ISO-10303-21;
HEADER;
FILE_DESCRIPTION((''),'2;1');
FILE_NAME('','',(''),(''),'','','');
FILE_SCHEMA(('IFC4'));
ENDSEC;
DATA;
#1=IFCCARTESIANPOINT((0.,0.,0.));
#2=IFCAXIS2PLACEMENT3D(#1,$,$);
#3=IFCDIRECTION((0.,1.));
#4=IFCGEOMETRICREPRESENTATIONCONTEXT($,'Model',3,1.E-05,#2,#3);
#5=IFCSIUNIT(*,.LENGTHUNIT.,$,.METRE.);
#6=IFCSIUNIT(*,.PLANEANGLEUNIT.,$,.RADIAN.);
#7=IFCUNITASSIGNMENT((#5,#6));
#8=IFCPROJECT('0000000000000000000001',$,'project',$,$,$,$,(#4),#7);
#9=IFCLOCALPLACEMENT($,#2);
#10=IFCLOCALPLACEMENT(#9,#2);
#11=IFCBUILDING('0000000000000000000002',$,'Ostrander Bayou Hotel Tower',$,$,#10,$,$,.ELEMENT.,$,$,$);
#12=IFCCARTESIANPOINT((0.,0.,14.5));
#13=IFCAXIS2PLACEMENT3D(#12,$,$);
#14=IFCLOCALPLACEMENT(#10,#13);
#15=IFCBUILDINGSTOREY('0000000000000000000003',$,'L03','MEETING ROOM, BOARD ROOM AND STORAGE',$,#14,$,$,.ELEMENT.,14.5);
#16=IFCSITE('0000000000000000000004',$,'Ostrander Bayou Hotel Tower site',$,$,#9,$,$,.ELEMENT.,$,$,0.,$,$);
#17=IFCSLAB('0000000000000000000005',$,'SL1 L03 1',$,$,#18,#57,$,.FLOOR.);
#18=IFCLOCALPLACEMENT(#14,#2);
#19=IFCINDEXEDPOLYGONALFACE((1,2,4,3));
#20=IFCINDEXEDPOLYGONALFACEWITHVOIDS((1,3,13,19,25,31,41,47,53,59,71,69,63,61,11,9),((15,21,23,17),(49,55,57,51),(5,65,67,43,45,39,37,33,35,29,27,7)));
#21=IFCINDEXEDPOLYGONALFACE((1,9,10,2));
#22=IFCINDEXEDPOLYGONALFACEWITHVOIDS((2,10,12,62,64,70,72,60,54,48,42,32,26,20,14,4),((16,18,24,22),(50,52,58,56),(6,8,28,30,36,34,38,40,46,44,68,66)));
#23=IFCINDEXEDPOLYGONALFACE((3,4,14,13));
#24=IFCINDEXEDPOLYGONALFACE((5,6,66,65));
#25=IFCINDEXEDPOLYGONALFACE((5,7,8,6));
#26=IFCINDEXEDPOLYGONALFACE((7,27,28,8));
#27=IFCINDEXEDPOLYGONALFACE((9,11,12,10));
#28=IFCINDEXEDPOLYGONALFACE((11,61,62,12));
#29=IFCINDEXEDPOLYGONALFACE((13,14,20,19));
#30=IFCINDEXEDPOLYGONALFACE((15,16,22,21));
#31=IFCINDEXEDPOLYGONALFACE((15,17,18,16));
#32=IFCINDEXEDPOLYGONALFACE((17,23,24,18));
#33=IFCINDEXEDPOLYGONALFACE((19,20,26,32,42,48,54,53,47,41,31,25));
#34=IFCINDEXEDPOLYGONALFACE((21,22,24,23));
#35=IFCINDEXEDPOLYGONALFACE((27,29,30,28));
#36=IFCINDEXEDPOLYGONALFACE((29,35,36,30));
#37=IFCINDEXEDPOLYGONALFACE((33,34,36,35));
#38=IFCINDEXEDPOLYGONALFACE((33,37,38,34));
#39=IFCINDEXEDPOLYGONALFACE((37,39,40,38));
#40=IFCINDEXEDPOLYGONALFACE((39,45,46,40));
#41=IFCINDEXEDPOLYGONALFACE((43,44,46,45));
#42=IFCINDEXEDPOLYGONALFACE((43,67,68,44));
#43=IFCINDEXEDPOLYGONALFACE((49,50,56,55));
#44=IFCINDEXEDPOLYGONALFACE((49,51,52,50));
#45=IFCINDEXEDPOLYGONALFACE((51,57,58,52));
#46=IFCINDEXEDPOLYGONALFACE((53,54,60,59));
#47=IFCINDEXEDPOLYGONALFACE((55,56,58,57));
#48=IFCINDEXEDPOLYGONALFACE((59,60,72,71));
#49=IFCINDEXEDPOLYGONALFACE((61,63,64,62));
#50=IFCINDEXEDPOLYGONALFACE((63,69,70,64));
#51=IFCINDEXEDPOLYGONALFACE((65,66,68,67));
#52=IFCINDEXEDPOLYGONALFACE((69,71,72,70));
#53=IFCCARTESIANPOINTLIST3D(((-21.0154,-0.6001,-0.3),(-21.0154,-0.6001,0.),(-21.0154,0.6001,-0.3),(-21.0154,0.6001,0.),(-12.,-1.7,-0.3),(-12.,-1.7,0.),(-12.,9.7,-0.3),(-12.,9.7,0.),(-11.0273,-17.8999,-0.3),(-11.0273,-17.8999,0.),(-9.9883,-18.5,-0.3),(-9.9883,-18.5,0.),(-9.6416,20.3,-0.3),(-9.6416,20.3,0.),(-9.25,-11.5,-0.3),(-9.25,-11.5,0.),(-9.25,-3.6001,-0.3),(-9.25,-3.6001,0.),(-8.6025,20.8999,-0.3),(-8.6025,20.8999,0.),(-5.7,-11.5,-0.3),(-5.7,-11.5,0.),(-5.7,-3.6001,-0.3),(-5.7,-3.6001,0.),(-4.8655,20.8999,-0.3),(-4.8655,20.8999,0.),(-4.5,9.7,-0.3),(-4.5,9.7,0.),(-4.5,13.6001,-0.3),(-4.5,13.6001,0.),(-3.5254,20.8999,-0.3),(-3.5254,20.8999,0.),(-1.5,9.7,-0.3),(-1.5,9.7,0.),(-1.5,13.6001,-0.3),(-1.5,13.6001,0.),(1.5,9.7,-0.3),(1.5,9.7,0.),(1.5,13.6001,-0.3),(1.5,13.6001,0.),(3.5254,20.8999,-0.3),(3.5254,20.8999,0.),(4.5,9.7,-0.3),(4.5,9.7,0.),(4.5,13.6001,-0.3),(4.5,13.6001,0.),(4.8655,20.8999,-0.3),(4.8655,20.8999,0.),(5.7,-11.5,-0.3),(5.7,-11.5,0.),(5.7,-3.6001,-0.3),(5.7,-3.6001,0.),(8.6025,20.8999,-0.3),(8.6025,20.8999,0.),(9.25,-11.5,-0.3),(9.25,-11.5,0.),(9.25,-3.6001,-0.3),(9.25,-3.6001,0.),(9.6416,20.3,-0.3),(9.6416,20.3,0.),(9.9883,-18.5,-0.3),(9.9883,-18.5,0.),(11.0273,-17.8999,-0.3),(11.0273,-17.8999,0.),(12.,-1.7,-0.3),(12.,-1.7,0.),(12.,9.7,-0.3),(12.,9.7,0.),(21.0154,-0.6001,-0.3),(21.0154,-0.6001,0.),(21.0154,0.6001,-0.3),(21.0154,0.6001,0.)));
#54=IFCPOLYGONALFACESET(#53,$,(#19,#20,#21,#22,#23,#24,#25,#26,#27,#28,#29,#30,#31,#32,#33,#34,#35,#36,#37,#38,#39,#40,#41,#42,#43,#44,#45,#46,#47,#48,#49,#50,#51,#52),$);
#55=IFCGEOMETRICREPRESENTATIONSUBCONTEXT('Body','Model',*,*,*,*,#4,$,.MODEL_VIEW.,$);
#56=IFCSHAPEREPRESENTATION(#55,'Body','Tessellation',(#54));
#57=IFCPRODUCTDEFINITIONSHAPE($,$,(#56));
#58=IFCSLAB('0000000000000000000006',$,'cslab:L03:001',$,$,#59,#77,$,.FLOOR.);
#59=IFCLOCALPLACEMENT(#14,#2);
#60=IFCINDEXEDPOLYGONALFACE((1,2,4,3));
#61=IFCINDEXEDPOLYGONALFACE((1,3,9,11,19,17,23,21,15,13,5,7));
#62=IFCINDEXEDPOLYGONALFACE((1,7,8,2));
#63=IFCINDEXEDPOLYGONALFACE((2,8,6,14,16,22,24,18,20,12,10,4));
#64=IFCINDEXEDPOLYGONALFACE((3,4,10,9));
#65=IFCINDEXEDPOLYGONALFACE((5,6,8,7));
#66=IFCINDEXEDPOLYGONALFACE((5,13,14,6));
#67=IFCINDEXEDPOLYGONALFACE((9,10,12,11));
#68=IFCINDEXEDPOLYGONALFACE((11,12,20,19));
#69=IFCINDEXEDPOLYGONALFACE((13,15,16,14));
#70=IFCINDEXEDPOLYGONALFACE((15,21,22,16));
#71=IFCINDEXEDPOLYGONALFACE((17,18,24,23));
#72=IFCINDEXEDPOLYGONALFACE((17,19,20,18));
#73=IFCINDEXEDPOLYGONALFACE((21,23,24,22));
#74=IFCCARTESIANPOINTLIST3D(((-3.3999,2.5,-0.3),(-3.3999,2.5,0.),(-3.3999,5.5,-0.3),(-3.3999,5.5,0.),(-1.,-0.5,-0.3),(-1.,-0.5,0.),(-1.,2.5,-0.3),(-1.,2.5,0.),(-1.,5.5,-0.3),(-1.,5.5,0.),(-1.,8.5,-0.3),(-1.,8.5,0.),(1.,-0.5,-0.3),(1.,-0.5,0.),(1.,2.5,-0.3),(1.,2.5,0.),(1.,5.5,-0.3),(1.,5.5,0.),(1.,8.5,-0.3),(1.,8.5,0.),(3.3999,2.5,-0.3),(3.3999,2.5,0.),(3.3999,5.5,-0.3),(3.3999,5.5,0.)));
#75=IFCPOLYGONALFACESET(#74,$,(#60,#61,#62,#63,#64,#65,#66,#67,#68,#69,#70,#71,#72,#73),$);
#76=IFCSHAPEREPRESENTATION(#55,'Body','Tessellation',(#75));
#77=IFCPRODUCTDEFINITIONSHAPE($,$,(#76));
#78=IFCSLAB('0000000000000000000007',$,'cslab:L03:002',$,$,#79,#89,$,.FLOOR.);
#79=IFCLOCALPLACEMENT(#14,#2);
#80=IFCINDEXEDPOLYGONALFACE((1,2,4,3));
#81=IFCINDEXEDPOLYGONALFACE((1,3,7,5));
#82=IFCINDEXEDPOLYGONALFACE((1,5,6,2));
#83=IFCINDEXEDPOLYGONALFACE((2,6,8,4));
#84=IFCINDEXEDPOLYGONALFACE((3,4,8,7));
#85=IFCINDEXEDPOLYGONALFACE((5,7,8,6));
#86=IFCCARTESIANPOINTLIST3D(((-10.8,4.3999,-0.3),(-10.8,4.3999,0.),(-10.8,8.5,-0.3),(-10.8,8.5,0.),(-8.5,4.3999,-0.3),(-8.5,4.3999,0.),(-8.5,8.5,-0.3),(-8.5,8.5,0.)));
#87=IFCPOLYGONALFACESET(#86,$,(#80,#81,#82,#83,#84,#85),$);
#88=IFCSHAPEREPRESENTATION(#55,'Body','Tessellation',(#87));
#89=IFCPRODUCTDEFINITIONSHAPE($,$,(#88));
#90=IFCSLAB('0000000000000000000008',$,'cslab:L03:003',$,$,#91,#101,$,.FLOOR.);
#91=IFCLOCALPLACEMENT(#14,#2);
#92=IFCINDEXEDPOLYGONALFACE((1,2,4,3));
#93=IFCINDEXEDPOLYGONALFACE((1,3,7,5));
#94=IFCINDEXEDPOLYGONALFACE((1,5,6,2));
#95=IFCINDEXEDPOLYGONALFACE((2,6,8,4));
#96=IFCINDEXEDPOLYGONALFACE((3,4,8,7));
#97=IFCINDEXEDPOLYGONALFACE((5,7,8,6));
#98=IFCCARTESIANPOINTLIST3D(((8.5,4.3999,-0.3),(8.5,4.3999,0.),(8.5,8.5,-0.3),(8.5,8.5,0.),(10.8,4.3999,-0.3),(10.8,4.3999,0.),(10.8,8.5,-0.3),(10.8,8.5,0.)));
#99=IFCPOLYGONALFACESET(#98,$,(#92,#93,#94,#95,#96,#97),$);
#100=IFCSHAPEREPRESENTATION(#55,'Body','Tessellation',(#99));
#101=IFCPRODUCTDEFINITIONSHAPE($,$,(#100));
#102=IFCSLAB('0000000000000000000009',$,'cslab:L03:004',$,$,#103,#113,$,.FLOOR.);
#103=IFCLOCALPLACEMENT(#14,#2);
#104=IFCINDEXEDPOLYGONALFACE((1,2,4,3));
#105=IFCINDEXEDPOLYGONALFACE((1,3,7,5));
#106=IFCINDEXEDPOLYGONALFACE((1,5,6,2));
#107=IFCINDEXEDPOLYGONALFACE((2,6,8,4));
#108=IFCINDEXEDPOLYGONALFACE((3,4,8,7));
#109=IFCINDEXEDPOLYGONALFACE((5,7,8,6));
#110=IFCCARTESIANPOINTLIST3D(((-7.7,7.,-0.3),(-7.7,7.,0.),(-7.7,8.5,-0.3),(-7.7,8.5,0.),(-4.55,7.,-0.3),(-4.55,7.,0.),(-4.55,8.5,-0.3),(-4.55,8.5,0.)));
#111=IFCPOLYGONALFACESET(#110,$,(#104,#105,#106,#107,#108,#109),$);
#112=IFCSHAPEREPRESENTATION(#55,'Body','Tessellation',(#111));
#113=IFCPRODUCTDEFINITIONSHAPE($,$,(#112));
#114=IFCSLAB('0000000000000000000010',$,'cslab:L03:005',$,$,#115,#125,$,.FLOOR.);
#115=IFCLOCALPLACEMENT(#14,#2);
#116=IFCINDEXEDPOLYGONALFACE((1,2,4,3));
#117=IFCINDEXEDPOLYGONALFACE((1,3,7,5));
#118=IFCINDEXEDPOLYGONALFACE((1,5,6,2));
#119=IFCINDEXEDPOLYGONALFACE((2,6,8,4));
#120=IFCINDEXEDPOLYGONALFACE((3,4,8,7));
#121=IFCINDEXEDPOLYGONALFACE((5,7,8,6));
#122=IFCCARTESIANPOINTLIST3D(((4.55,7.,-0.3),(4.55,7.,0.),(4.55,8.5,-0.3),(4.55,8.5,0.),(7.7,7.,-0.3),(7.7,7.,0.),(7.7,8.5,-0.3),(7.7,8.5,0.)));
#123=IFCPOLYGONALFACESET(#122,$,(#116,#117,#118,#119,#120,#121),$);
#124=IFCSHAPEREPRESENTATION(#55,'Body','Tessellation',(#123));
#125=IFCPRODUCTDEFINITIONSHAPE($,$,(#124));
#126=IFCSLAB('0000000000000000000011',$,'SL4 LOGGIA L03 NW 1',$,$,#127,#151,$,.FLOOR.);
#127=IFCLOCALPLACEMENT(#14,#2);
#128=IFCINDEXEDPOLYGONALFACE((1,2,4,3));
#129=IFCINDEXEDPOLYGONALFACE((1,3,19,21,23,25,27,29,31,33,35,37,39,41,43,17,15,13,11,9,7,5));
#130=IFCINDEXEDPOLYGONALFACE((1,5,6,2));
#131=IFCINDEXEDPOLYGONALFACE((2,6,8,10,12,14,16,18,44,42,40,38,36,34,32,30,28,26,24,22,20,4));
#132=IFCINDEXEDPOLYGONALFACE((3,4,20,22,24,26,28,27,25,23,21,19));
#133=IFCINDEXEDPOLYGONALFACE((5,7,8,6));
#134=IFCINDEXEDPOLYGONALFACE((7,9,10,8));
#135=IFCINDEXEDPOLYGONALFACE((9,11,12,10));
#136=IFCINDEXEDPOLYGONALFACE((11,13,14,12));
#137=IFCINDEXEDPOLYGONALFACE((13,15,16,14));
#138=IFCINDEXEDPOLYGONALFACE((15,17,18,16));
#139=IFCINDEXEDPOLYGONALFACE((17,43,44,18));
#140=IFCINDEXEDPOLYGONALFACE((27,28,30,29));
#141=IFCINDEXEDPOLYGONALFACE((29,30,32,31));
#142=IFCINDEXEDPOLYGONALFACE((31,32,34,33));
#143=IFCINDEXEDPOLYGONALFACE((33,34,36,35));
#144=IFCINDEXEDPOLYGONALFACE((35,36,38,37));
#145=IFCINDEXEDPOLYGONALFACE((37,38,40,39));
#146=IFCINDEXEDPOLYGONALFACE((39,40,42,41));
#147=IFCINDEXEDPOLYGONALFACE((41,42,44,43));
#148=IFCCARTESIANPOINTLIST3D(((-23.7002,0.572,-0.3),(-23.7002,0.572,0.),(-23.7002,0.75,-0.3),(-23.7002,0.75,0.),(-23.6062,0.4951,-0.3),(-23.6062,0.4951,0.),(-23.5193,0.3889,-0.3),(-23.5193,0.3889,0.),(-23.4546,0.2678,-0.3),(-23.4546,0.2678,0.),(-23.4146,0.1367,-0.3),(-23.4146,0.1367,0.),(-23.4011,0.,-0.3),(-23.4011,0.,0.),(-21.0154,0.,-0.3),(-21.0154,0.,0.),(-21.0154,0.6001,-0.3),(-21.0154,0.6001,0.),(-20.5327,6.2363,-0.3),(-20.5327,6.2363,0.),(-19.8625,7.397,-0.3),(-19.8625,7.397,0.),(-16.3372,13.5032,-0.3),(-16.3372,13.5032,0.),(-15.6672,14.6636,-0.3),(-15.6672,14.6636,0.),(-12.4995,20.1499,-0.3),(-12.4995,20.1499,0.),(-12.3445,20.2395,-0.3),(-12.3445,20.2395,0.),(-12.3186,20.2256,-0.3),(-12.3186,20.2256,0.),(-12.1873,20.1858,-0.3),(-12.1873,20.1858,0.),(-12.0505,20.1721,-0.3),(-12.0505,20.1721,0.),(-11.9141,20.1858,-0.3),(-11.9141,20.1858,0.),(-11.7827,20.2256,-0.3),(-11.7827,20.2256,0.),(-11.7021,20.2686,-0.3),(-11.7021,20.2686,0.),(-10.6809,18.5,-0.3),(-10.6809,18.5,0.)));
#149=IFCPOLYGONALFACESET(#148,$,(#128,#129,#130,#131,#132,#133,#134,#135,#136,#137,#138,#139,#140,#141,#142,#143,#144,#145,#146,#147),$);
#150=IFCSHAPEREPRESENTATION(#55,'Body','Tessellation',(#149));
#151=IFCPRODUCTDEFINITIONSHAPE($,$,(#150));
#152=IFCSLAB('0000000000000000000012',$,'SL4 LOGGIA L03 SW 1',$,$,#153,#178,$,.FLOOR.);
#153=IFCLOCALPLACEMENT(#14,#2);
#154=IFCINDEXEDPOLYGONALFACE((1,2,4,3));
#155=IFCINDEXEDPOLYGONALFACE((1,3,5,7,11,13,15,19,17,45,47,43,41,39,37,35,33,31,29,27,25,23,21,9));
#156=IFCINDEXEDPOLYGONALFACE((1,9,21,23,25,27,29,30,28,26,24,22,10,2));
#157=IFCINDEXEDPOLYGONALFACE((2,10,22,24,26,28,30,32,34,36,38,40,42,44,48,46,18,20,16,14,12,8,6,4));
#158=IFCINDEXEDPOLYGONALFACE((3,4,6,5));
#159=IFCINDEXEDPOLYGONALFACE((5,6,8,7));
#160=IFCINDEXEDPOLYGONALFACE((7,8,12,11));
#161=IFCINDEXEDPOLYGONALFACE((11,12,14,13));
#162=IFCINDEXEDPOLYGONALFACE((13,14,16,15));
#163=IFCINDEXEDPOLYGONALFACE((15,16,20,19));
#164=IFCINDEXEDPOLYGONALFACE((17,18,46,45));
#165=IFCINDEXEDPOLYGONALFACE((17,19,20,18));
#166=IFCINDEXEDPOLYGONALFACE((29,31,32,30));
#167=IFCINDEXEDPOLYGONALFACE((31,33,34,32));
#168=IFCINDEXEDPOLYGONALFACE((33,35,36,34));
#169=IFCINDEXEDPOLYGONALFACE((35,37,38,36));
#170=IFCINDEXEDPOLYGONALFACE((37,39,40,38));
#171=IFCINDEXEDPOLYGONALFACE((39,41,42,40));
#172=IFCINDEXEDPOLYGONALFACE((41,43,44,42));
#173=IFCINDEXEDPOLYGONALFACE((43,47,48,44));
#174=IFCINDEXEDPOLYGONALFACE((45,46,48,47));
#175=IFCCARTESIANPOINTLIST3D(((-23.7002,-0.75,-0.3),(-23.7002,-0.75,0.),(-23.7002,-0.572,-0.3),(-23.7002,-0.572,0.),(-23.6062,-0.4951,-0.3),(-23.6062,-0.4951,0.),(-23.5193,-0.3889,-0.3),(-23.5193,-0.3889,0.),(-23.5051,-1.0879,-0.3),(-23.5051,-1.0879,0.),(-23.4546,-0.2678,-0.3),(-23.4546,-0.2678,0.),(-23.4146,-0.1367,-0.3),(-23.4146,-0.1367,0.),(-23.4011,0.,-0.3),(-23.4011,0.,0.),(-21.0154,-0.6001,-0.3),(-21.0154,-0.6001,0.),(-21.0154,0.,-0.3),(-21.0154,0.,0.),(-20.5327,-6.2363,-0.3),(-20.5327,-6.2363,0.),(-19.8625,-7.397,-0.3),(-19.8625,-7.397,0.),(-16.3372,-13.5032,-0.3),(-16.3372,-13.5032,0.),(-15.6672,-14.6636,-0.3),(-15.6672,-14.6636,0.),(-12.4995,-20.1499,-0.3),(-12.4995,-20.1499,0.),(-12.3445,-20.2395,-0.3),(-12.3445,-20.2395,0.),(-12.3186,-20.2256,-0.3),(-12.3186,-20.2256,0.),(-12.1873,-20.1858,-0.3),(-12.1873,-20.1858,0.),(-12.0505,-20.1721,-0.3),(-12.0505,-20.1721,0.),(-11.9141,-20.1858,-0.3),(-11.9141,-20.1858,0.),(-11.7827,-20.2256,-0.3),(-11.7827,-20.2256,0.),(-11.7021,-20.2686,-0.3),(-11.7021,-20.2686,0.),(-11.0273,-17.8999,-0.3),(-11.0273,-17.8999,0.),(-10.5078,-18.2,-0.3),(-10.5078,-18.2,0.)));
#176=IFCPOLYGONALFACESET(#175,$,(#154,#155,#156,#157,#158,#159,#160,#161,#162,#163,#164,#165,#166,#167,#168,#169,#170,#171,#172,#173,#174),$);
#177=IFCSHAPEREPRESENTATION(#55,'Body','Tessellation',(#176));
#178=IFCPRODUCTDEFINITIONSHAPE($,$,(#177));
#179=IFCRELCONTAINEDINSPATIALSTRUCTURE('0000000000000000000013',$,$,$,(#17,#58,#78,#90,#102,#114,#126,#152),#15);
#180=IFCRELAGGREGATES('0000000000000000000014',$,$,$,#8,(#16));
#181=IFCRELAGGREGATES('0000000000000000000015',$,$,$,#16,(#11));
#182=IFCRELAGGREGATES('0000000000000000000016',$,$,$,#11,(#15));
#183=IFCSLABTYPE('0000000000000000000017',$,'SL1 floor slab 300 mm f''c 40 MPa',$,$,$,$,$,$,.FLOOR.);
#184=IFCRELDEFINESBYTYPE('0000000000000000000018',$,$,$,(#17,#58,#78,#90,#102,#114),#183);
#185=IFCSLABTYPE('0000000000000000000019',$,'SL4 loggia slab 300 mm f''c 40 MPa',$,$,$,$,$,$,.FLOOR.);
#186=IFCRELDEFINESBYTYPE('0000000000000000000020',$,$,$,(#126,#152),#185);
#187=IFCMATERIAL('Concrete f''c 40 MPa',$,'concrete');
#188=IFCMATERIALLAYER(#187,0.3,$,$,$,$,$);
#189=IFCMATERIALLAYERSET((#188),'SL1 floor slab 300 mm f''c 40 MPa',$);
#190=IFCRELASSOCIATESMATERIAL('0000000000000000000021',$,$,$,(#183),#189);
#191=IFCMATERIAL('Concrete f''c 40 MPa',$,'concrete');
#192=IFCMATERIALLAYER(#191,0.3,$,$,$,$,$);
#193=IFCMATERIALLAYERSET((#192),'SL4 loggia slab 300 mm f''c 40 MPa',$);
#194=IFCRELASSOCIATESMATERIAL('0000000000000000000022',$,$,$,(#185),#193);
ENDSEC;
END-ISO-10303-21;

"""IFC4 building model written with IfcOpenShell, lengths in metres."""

from ifc_helpers import new_model, si_unit, direction, frame, origin, place, context, subcontext, project, spatial, polyline, outline, extrude, material, layer, layer_set, type_object, element, save


model = new_model("IFC4")

# Units and contexts
model_context = context("Model", 3, precision=1e-05, world=origin(), true_north=direction((0.0, 1.0)))
body_context = subcontext(model_context, "Body", "Model", "MODEL_VIEW")
ifc_project = project(units=[si_unit("LENGTHUNIT", "METRE"), si_unit("PLANEANGLEUNIT", "RADIAN")], contexts=[model_context])

# Site, building, storey
site_placement = place(None, origin())
site = spatial("IfcSite", under=ifc_project, at=site_placement, Name="Ostrander Bayou Hotel Tower site", CompositionType="ELEMENT", RefElevation=0.0)
building_placement = place(site_placement, origin())
building = spatial("IfcBuilding", under=site, at=building_placement, Name="Ostrander Bayou Hotel Tower", CompositionType="ELEMENT")
storey_placement = place(building_placement, frame((0.0, 0.0, 14.5)))
storey = spatial("IfcBuildingStorey", under=building, at=storey_placement, Name="L03", Description="MEETING ROOM, BOARD ROOM AND STORAGE", CompositionType="ELEMENT", Elevation=14.5)

# Slabs
ifc_material_1 = material(Name="Concrete f'c 40 MPa", Category="concrete")
ifc_layer_1 = layer(ifc_material_1, 0.3)
ifc_layer_set_1 = layer_set([ifc_layer_1], Name="SL1 floor slab 300 mm f'c 40 MPa")
slab_type_1 = type_object("IfcSlabType", Name="SL1 floor slab 300 mm f'c 40 MPa", PredefinedType="FLOOR", material=ifc_layer_set_1)
slab_1_placement = place(storey_placement, frame((0.0, 0.0, -0.3)))
element("IfcSlab", 1, at=slab_1_placement, inside=storey, type_object=slab_type_1, Name="SL1 L03 1", PredefinedType="FLOOR", context=body_context, shape_type="SweptSolid", body=[
    extrude(outline(polyline([(-3.5254, 20.8999), (3.5254, 20.8999), (4.8655, 20.8999), (8.6025, 20.8999), (9.6416, 20.3), (21.0154, 0.6001), (21.0154, -0.6001), (11.0273, -17.8999), (9.9883, -18.5), (-9.9883, -18.5), (-11.0273, -17.8999), (-21.0154, -0.6001), (-21.0154, 0.6001), (-9.6416, 20.3), (-8.6025, 20.8999), (-4.8655, 20.8999), (-3.5254, 20.8999)]), holes=[polyline([(-12.0, -1.7), (12.0, -1.7), (12.0, 9.7), (4.5, 9.7), (4.5, 13.6001), (1.5, 13.6001), (1.5, 9.7), (-1.5, 9.7), (-1.5, 13.6001), (-4.5, 13.6001), (-4.5, 9.7), (-12.0, 9.7), (-12.0, -1.7)]), polyline([(9.25, -3.6001), (5.7, -3.6001), (5.7, -11.5), (9.25, -11.5), (9.25, -3.6001)]), polyline([(-5.7, -3.6001), (-9.25, -3.6001), (-9.25, -11.5), (-5.7, -11.5), (-5.7, -3.6001)])]), origin(), (0.0, 0.0, 1.0), 0.3),
])
slab_2_placement = place(storey_placement, frame((0.0, 0.0, -0.3)))
element("IfcSlab", 2, at=slab_2_placement, inside=storey, type_object=slab_type_1, Name="cslab:L03:001", PredefinedType="FLOOR", context=body_context, shape_type="SweptSolid", body=[
    extrude(outline(polyline([(-3.3999, 5.5), (-1.0, 5.5), (-1.0, 8.5), (1.0, 8.5), (1.0, 5.5), (3.3999, 5.5), (3.3999, 2.5), (1.0, 2.5), (1.0, -0.5), (-1.0, -0.5), (-1.0, 2.5), (-3.3999, 2.5), (-3.3999, 5.5)])), origin(), (0.0, 0.0, 1.0), 0.3),
])
slab_3_placement = place(storey_placement, frame((0.0, 0.0, -0.3)))
element("IfcSlab", 3, at=slab_3_placement, inside=storey, type_object=slab_type_1, Name="cslab:L03:002", PredefinedType="FLOOR", context=body_context, shape_type="SweptSolid", body=[
    extrude(outline(polyline([(-8.5, 4.3999), (-8.5, 8.5), (-10.8, 8.5), (-10.8, 4.3999), (-8.5, 4.3999)])), origin(), (0.0, 0.0, 1.0), 0.3),
])
slab_4_placement = place(storey_placement, frame((0.0, 0.0, -0.3)))
element("IfcSlab", 4, at=slab_4_placement, inside=storey, type_object=slab_type_1, Name="cslab:L03:003", PredefinedType="FLOOR", context=body_context, shape_type="SweptSolid", body=[
    extrude(outline(polyline([(10.8, 4.3999), (10.8, 8.5), (8.5, 8.5), (8.5, 4.3999), (10.8, 4.3999)])), origin(), (0.0, 0.0, 1.0), 0.3),
])
slab_5_placement = place(storey_placement, frame((0.0, 0.0, -0.3)))
element("IfcSlab", 5, at=slab_5_placement, inside=storey, type_object=slab_type_1, Name="cslab:L03:004", PredefinedType="FLOOR", context=body_context, shape_type="SweptSolid", body=[
    extrude(outline(polyline([(-4.55, 7.0), (-4.55, 8.5), (-7.7, 8.5), (-7.7, 7.0), (-4.55, 7.0)])), origin(), (0.0, 0.0, 1.0), 0.3),
])
slab_6_placement = place(storey_placement, frame((0.0, 0.0, -0.3)))
element("IfcSlab", 6, at=slab_6_placement, inside=storey, type_object=slab_type_1, Name="cslab:L03:005", PredefinedType="FLOOR", context=body_context, shape_type="SweptSolid", body=[
    extrude(outline(polyline([(7.7, 7.0), (7.7, 8.5), (4.55, 8.5), (4.55, 7.0), (7.7, 7.0)])), origin(), (0.0, 0.0, 1.0), 0.3),
])
ifc_material_2 = material(Name="Concrete f'c 40 MPa", Category="concrete")
ifc_layer_2 = layer(ifc_material_2, 0.3)
ifc_layer_set_2 = layer_set([ifc_layer_2], Name="SL4 loggia slab 300 mm f'c 40 MPa")
slab_type_2 = type_object("IfcSlabType", Name="SL4 loggia slab 300 mm f'c 40 MPa", PredefinedType="FLOOR", material=ifc_layer_set_2)
slab_7_placement = place(storey_placement, frame((0.0, 0.0, -0.3)))
element("IfcSlab", 7, at=slab_7_placement, inside=storey, type_object=slab_type_2, Name="SL4 LOGGIA L03 NW 1", PredefinedType="FLOOR", context=body_context, shape_type="SweptSolid", body=[
    extrude(outline(polyline([(-23.4011, 0.0), (-23.4146, 0.1367), (-23.4546, 0.2678), (-23.5193, 0.3889), (-23.6062, 0.4951), (-23.7002, 0.572), (-23.7002, 0.75), (-20.5327, 6.2363), (-19.8625, 7.397), (-16.3372, 13.5032), (-15.6672, 14.6636), (-12.4995, 20.1499), (-12.3445, 20.2395), (-12.3186, 20.2256), (-12.1873, 20.1858), (-12.0505, 20.1721), (-11.9141, 20.1858), (-11.7827, 20.2256), (-11.7021, 20.2686), (-10.6809, 18.5), (-21.0154, 0.6001), (-21.0154, 0.0), (-23.4011, 0.0)])), origin(), (0.0, 0.0, 1.0), 0.3),
])
slab_8_placement = place(storey_placement, frame((0.0, 0.0, -0.3)))
element("IfcSlab", 8, at=slab_8_placement, inside=storey, type_object=slab_type_2, Name="SL4 LOGGIA L03 SW 1", PredefinedType="FLOOR", context=body_context, shape_type="SweptSolid", body=[
    extrude(outline(polyline([(-10.5078, -18.2), (-11.7021, -20.2686), (-11.7827, -20.2256), (-11.9141, -20.1858), (-12.0505, -20.1721), (-12.1873, -20.1858), (-12.3186, -20.2256), (-12.3445, -20.2395), (-12.4995, -20.1499), (-15.6672, -14.6636), (-16.3372, -13.5032), (-19.8625, -7.397), (-20.5327, -6.2363), (-23.5051, -1.0879), (-23.7002, -0.75), (-23.7002, -0.572), (-23.6062, -0.4951), (-23.5193, -0.3889), (-23.4546, -0.2678), (-23.4146, -0.1367), (-23.4011, 0.0), (-21.0154, 0.0), (-21.0154, -0.6001), (-11.0273, -17.8999), (-10.5078, -18.2)])), origin(), (0.0, 0.0, 1.0), 0.3),
])

save(model, "model.ifc")
